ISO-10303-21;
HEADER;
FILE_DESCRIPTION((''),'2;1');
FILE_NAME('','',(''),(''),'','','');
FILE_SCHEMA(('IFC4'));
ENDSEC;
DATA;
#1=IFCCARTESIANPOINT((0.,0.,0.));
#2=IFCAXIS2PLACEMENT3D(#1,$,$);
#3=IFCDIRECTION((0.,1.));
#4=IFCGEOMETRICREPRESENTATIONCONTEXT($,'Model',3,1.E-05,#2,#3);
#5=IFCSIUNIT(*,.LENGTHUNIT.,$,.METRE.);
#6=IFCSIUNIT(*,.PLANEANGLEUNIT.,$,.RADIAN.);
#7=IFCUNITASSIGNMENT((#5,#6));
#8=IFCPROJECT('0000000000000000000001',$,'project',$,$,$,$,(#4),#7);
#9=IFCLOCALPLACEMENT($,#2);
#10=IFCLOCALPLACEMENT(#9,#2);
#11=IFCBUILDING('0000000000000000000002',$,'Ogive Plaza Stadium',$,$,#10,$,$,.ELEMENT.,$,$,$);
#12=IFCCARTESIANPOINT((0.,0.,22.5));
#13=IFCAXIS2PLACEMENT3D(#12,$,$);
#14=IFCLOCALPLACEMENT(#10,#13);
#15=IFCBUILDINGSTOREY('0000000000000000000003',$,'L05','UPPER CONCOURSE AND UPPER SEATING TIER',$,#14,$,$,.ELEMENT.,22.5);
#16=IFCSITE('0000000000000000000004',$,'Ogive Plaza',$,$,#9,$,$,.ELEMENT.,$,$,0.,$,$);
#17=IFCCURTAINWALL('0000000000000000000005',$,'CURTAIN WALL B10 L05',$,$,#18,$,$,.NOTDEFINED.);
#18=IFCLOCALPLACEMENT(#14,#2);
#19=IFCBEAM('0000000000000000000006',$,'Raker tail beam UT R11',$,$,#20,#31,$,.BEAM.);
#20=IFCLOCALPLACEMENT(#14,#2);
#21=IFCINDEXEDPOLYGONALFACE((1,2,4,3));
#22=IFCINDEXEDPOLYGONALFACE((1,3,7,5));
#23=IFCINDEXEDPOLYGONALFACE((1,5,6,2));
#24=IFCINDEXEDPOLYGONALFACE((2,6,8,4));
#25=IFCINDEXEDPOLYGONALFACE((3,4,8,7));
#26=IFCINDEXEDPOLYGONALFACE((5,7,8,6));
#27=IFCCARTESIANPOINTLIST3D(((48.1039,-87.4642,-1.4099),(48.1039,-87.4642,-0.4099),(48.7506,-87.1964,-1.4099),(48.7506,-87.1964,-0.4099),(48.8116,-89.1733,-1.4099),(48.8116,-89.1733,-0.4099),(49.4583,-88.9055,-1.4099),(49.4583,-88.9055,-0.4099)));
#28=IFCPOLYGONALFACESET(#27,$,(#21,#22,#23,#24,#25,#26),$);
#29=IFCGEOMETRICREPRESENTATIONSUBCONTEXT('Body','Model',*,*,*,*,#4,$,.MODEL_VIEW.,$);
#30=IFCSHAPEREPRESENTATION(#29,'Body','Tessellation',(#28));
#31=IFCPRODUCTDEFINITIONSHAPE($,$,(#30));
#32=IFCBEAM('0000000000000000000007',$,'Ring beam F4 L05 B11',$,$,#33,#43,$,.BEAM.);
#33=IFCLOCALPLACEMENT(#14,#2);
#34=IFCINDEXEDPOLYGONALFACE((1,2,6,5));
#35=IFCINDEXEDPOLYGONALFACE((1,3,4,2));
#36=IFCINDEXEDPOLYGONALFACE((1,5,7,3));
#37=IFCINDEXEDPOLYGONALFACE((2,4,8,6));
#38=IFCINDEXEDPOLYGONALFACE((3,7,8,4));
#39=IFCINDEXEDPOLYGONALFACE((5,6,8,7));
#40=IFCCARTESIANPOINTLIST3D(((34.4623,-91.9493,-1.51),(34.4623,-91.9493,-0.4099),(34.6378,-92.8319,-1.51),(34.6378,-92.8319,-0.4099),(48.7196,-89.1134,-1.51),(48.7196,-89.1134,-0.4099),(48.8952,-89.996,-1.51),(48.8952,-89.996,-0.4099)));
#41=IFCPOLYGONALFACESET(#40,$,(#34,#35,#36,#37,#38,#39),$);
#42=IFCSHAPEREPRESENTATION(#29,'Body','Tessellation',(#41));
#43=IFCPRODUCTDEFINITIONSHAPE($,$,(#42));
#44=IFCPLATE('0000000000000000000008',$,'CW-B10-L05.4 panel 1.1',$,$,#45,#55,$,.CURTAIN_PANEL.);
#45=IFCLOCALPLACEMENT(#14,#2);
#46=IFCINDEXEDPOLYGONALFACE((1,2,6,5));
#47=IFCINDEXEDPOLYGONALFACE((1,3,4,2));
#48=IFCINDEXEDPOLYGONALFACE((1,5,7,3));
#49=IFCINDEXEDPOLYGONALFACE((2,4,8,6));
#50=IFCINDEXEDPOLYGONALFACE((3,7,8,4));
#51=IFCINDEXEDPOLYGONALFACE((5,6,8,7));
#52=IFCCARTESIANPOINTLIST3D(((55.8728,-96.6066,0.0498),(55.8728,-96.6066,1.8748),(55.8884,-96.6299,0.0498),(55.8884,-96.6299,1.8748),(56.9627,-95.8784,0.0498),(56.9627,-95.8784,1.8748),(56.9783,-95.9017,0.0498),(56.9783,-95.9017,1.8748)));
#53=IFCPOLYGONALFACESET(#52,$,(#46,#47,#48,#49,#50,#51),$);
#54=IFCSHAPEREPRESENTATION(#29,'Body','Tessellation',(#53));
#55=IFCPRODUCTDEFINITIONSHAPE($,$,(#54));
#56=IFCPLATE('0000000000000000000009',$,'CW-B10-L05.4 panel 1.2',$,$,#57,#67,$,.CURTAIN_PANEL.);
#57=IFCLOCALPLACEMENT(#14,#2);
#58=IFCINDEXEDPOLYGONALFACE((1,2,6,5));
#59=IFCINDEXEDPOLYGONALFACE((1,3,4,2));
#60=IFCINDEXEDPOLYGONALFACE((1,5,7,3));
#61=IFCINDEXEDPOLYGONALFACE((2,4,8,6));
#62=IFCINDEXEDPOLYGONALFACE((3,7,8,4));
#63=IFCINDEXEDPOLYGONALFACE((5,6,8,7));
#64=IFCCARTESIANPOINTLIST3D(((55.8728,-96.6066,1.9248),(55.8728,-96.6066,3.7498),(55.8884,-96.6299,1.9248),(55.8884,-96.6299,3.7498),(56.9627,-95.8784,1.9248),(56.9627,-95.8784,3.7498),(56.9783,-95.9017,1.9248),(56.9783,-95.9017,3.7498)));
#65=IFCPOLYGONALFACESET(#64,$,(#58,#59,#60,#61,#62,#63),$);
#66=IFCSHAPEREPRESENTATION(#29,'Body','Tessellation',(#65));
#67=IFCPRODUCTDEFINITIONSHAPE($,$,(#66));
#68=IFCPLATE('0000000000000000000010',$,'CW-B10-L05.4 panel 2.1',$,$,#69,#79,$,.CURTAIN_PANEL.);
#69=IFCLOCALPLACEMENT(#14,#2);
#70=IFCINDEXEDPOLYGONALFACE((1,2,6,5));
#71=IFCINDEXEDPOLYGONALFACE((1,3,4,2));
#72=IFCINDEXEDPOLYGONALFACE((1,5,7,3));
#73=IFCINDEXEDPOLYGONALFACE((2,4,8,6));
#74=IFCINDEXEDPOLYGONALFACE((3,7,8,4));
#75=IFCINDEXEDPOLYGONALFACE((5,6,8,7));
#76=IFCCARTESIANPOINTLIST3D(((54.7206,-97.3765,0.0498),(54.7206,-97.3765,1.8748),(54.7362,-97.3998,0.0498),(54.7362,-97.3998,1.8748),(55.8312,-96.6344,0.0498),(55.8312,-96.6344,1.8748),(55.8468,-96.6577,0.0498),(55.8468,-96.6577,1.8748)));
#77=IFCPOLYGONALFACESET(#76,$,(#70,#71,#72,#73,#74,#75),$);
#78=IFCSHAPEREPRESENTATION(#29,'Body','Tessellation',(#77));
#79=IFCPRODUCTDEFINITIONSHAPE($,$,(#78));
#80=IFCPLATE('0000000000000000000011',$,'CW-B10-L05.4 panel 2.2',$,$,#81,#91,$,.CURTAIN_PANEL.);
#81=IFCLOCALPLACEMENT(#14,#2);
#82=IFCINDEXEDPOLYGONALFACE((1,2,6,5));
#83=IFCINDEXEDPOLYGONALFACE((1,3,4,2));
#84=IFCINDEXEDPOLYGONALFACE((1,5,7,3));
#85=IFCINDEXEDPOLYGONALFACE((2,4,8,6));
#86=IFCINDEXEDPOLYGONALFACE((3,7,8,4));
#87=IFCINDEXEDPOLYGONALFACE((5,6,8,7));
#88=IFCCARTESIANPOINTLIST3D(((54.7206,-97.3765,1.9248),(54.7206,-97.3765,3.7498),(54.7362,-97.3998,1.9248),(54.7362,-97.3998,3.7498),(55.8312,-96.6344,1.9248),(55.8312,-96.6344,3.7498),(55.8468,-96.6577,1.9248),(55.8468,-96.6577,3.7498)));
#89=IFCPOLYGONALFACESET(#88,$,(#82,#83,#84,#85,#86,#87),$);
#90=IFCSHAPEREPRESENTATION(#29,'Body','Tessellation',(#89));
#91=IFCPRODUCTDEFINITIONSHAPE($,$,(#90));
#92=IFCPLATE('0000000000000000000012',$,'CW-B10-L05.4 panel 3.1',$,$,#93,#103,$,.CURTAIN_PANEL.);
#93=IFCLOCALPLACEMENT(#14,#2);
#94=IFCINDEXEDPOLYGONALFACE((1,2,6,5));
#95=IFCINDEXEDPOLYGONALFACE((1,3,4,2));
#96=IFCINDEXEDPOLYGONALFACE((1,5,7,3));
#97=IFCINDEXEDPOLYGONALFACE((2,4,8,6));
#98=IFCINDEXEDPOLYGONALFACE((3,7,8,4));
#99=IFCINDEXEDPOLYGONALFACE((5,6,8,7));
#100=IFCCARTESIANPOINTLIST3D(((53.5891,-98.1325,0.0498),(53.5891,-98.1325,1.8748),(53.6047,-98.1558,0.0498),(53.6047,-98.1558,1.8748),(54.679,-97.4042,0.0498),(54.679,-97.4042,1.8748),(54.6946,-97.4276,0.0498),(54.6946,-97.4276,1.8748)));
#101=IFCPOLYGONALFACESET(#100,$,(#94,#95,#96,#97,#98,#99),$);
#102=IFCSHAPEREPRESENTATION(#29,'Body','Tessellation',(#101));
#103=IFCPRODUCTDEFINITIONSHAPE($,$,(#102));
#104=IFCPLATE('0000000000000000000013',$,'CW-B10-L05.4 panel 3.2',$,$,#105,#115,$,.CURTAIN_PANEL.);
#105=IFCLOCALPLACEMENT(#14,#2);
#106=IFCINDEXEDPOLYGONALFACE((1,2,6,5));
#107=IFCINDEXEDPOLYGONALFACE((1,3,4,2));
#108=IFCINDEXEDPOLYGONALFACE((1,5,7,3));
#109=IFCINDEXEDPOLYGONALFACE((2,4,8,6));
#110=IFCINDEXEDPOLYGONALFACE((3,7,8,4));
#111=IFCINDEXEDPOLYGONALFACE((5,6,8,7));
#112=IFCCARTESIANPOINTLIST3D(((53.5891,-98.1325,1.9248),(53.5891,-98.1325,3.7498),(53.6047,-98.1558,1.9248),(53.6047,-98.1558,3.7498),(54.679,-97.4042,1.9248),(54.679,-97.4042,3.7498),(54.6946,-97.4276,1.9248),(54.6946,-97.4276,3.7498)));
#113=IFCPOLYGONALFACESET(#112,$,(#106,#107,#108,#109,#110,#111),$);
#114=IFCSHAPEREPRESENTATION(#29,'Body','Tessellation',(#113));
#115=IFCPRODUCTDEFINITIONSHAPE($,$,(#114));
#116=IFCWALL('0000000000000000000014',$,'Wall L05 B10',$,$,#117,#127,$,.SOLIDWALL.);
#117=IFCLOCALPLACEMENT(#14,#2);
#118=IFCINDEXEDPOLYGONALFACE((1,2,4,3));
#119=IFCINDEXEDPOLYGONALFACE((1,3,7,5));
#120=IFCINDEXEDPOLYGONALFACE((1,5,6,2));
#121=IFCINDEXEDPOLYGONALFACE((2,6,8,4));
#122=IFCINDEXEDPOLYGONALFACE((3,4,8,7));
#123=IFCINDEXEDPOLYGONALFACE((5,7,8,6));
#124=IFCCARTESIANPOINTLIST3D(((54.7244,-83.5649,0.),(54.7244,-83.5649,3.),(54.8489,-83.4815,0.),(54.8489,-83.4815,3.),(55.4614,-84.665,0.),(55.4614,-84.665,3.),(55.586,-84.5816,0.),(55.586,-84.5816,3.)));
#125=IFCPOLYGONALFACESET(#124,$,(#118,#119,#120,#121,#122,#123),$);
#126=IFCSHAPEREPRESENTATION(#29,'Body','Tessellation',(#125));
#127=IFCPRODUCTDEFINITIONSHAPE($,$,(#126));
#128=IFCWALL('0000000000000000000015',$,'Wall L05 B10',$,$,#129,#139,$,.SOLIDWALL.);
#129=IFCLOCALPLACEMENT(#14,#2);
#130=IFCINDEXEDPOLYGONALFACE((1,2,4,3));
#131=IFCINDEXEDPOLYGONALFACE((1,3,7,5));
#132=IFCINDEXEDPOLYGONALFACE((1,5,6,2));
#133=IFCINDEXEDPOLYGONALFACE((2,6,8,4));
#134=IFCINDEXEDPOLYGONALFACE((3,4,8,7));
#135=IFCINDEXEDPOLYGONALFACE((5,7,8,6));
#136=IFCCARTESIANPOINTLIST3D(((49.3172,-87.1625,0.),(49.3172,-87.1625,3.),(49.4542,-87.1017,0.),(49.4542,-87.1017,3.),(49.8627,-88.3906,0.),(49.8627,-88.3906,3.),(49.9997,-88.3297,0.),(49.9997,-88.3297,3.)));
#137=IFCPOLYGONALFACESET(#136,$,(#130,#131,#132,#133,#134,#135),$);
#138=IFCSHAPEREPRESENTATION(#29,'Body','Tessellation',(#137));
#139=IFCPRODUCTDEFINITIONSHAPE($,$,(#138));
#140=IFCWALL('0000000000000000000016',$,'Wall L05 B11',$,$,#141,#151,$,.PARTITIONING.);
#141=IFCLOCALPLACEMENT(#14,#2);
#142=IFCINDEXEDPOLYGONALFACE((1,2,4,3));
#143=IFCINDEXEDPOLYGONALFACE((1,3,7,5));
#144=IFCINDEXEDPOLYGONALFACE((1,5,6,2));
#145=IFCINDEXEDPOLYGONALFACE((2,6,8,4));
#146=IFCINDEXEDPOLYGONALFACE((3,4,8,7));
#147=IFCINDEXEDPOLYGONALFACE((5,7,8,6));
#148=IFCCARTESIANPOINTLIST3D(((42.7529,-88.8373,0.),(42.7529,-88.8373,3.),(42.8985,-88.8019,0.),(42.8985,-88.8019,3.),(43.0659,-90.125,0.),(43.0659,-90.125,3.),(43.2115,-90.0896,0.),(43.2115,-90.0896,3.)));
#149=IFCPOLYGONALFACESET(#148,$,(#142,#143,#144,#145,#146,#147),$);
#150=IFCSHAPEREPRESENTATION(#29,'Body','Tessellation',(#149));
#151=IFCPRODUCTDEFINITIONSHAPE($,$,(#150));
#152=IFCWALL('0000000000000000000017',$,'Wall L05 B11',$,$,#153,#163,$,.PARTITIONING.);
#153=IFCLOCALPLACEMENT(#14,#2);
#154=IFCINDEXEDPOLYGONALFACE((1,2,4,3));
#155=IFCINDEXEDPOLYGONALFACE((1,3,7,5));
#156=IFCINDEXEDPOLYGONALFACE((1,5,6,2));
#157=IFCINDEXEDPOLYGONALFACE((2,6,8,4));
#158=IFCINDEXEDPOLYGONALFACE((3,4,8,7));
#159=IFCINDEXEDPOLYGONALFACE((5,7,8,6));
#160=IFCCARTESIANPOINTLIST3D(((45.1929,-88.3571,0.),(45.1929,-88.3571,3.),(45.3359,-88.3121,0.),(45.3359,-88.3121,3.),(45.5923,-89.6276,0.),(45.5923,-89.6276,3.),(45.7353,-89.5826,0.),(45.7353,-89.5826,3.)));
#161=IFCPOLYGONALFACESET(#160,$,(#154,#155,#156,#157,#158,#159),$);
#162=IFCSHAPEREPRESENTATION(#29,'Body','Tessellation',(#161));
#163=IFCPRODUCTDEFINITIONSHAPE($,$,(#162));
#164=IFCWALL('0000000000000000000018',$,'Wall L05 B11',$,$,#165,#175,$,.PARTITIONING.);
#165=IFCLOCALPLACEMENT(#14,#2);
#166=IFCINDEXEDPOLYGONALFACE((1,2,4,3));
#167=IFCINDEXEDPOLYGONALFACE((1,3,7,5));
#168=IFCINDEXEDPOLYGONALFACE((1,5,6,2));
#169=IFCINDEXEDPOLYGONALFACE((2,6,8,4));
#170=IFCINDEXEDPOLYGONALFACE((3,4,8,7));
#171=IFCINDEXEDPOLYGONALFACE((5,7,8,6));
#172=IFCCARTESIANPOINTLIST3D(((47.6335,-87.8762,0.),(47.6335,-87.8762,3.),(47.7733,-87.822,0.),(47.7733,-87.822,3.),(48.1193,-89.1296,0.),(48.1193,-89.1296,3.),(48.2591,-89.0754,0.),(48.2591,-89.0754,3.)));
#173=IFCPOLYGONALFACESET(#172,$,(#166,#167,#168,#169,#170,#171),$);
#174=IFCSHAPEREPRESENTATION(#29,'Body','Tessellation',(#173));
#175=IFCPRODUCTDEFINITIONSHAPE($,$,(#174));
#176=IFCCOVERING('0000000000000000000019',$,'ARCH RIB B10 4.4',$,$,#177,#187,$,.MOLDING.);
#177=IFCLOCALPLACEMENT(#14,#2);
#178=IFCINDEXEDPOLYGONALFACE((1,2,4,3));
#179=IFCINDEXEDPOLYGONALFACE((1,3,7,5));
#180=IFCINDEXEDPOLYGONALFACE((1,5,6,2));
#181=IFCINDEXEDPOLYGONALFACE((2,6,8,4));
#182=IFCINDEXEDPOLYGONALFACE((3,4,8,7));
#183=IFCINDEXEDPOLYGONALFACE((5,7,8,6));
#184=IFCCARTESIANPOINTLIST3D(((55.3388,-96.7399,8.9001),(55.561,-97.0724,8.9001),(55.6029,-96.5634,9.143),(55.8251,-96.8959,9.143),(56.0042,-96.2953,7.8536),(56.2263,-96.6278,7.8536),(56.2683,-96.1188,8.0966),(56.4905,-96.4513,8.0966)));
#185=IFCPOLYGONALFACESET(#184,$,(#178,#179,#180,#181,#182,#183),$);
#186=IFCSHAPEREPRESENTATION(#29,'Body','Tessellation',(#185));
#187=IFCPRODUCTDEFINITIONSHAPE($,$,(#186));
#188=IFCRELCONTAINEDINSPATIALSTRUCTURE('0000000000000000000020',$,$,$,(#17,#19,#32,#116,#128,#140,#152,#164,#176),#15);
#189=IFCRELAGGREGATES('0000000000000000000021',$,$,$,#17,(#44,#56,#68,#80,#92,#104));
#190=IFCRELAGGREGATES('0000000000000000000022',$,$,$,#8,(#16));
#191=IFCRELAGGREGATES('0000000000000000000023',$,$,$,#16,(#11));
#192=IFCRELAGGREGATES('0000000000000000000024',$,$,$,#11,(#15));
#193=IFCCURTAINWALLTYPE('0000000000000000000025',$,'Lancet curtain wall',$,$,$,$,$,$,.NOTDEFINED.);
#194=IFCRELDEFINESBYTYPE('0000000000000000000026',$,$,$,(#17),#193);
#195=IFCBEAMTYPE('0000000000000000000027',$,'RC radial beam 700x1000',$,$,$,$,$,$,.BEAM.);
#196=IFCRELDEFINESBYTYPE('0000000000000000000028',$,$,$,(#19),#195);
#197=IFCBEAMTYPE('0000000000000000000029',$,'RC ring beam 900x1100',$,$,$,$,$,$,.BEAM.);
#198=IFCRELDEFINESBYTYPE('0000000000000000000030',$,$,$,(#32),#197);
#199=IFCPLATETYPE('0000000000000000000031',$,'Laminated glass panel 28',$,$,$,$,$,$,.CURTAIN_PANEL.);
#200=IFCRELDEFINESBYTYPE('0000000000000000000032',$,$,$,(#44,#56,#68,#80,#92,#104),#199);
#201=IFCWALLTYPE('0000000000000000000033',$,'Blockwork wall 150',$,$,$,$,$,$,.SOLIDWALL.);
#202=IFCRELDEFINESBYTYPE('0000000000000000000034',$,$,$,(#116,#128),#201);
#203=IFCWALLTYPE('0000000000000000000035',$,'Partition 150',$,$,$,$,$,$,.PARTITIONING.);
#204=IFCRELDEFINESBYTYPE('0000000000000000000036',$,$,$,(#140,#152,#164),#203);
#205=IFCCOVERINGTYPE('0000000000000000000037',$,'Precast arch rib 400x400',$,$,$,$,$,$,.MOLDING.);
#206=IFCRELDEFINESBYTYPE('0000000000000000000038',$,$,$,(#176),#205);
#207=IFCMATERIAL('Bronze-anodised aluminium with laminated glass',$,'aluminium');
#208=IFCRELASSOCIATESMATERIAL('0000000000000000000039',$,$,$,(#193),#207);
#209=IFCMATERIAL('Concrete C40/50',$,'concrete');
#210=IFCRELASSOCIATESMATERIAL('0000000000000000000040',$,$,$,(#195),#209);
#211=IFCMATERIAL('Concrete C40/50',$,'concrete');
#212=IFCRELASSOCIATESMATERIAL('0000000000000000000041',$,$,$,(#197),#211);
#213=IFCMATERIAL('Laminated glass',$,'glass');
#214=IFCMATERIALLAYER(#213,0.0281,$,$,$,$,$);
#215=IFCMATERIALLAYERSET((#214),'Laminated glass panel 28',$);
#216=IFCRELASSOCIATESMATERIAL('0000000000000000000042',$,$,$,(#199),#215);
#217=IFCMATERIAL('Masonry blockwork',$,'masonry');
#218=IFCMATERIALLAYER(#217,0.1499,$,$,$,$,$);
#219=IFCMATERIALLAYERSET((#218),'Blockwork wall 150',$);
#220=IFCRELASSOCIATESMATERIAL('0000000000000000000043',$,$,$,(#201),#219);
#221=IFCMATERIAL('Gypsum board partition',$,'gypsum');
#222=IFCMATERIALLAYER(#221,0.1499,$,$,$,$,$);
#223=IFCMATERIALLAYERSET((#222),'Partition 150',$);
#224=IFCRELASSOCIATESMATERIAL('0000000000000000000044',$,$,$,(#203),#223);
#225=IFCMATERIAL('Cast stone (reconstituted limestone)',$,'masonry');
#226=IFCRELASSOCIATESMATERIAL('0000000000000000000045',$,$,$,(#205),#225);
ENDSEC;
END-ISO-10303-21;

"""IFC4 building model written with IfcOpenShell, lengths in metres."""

from ifc_helpers import new_model, si_unit, direction, frame, frame_2d, origin, origin_2d, place, context, subcontext, project, spatial, rectangle, extrude, material, layer, layer_set, material_profile, profile_set, type_object, element, aggregate, save


model = new_model("IFC4")

# Units and contexts
model_context = context("Model", 3, precision=1e-05, world=origin(), true_north=direction((0.0, 1.0)))
body_context = subcontext(model_context, "Body", "Model", "MODEL_VIEW")
ifc_project = project(units=[si_unit("LENGTHUNIT", "METRE"), si_unit("PLANEANGLEUNIT", "RADIAN")], contexts=[model_context])

# Site, building, storey
site_placement = place(None, origin())
site = spatial("IfcSite", under=ifc_project, at=site_placement, Name="Ogive Plaza", CompositionType="ELEMENT", RefElevation=0.0)
building_placement = place(site_placement, origin())
building = spatial("IfcBuilding", under=site, at=building_placement, Name="Ogive Plaza Stadium", CompositionType="ELEMENT")
storey_placement = place(building_placement, frame((0.0, 0.0, 22.5)))
storey = spatial("IfcBuildingStorey", under=building, at=storey_placement, Name="L05", Description="UPPER CONCOURSE AND UPPER SEATING TIER", CompositionType="ELEMENT", Elevation=22.5)

# Curtain wall
ifc_material_1 = material(Name="Bronze-anodised aluminium with laminated glass", Category="aluminium")
curtain_wall_type = type_object("IfcCurtainWallType", Name="Lancet curtain wall", PredefinedType="NOTDEFINED", material=ifc_material_1)
curtain_wall_1_placement = place(storey_placement, origin())
curtain_wall_1 = element("IfcCurtainWall", 1, at=curtain_wall_1_placement, inside=storey, type_object=curtain_wall_type, Name="CURTAIN WALL B10 L05", PredefinedType="NOTDEFINED")

# Beams
ifc_material_2 = material(Name="Concrete C40/50", Category="concrete")
ifc_material_profile_1 = material_profile(ifc_material_2, rectangle(XDim=0.7, YDim=1.0, at=origin_2d()), Name="RC 700x1000")
ifc_profile_set_1 = profile_set([ifc_material_profile_1], Name="Concrete C40/50")
beam_type_1 = type_object("IfcBeamType", Name="RC radial beam 700x1000", PredefinedType="BEAM", material=ifc_profile_set_1)
beam_1_placement = place(storey_placement, frame((48.4272, -87.3303, -0.9099), z_axis=(0.382581, -0.923922, 0.0), x_axis=(0.923922, 0.382581, 0.0)))
element("IfcBeam", 2, at=beam_1_placement, inside=storey, type_object=beam_type_1, Name="Raker tail beam UT R11", PredefinedType="BEAM", context=body_context, shape_type="SweptSolid", body=[
    extrude(rectangle(XDim=0.7, YDim=1.0, at=origin_2d()), origin(), (0.0, 0.0, 1.0), 1.8499),
])
ifc_material_3 = material(Name="Concrete C40/50", Category="concrete")
ifc_material_profile_2 = material_profile(ifc_material_3, rectangle(XDim=0.8999, YDim=1.1001, at=origin_2d()), Name="RC 900x1100")
ifc_profile_set_2 = profile_set([ifc_material_profile_2], Name="Concrete C40/50")
beam_type_2 = type_object("IfcBeamType", Name="RC ring beam 900x1100", PredefinedType="BEAM", material=ifc_profile_set_2)
beam_2_placement = place(storey_placement, frame((48.8074, -89.5547, -0.96), z_axis=(-0.980786, -0.195089, 0.0), x_axis=(0.195089, -0.980786, 0.0)))
element("IfcBeam", 3, at=beam_2_placement, inside=storey, type_object=beam_type_2, Name="Ring beam F4 L05 B11", PredefinedType="BEAM", context=body_context, shape_type="SweptSolid", body=[
    extrude(rectangle(XDim=0.8999, YDim=1.1001, at=origin_2d()), origin(), (0.0, 0.0, 1.0), 14.5366),
])

# Plates
ifc_material_4 = material(Name="Laminated glass", Category="glass")
ifc_layer_1 = layer(ifc_material_4, 0.0281)
ifc_layer_set_1 = layer_set([ifc_layer_1], Name="Laminated glass panel 28")
plate_type = type_object("IfcPlateType", Name="Laminated glass panel 28", PredefinedType="CURTAIN_PANEL", material=ifc_layer_set_1)
plate_1_placement = place(storey_placement, frame((56.4255, -96.2542, 0.0498), z_axis=(0.0, 0.0, 1.0), x_axis=(-0.83147, -0.55557, 0.0)))
plate_1 = element("IfcPlate", 4, at=plate_1_placement, type_object=plate_type, Name="CW-B10-L05.4 panel 1.1", PredefinedType="CURTAIN_PANEL", context=body_context, shape_type="SweptSolid", body=[
    extrude(rectangle(XDim=1.3108, YDim=0.0281, at=origin_2d()), origin(), (0.0, 0.0, 1.0), 1.825),
])
plate_2_placement = place(storey_placement, frame((56.4255, -96.2542, 1.9248), z_axis=(0.0, 0.0, 1.0), x_axis=(-0.83147, -0.55557, 0.0)))
plate_2 = element("IfcPlate", 5, at=plate_2_placement, type_object=plate_type, Name="CW-B10-L05.4 panel 1.2", PredefinedType="CURTAIN_PANEL", context=body_context, shape_type="SweptSolid", body=[
    extrude(rectangle(XDim=1.3108, YDim=0.0281, at=origin_2d()), origin(), (0.0, 0.0, 1.0), 1.825),
])
plate_3_placement = place(storey_placement, frame((55.2837, -97.0171, 0.0498), z_axis=(0.0, 0.0, 1.0), x_axis=(-0.83147, -0.55557, 0.0)))
plate_3 = element("IfcPlate", 6, at=plate_3_placement, type_object=plate_type, Name="CW-B10-L05.4 panel 2.1", PredefinedType="CURTAIN_PANEL", context=body_context, shape_type="SweptSolid", body=[
    extrude(rectangle(XDim=1.3357, YDim=0.0281, at=origin_2d()), origin(), (0.0, 0.0, 1.0), 1.825),
])
plate_4_placement = place(storey_placement, frame((55.2837, -97.0171, 1.9248), z_axis=(0.0, 0.0, 1.0), x_axis=(-0.83147, -0.55557, 0.0)))
plate_4 = element("IfcPlate", 7, at=plate_4_placement, type_object=plate_type, Name="CW-B10-L05.4 panel 2.2", PredefinedType="CURTAIN_PANEL", context=body_context, shape_type="SweptSolid", body=[
    extrude(rectangle(XDim=1.3357, YDim=0.0281, at=origin_2d()), origin(), (0.0, 0.0, 1.0), 1.825),
])
plate_5_placement = place(storey_placement, frame((54.1418, -97.78, 0.0498), z_axis=(0.0, 0.0, 1.0), x_axis=(-0.83147, -0.55557, 0.0)))
plate_5 = element("IfcPlate", 8, at=plate_5_placement, type_object=plate_type, Name="CW-B10-L05.4 panel 3.1", PredefinedType="CURTAIN_PANEL", context=body_context, shape_type="SweptSolid", body=[
    extrude(rectangle(XDim=1.3108, YDim=0.0281, at=origin_2d()), origin(), (0.0, 0.0, 1.0), 1.825),
])
plate_6_placement = place(storey_placement, frame((54.1418, -97.78, 1.9248), z_axis=(0.0, 0.0, 1.0), x_axis=(-0.83147, -0.55557, 0.0)))
plate_6 = element("IfcPlate", 9, at=plate_6_placement, type_object=plate_type, Name="CW-B10-L05.4 panel 3.2", PredefinedType="CURTAIN_PANEL", context=body_context, shape_type="SweptSolid", body=[
    extrude(rectangle(XDim=1.3108, YDim=0.0281, at=origin_2d()), origin(), (0.0, 0.0, 1.0), 1.825),
])
aggregate(curtain_wall_1, [plate_1, plate_2, plate_3, plate_4, plate_5, plate_6])

# Walls
ifc_material_5 = material(Name="Masonry blockwork", Category="masonry")
ifc_layer_2 = layer(ifc_material_5, 0.1499)
ifc_layer_set_2 = layer_set([ifc_layer_2], Name="Blockwork wall 150")
wall_type_1 = type_object("IfcWallType", Name="Blockwork wall 150", PredefinedType="SOLIDWALL", material=ifc_layer_set_2)
wall_1_placement = place(storey_placement, frame((54.7866, -83.5232, 0.0), z_axis=(0.0, 0.0, 1.0), x_axis=(0.556613, -0.830772, 0.0)))
element("IfcWall", 10, at=wall_1_placement, inside=storey, type_object=wall_type_1, Name="Wall L05 B10", PredefinedType="SOLIDWALL", context=body_context, shape_type="SweptSolid", body=[
    extrude(rectangle(XDim=1.3242, YDim=0.1499, at=frame_2d((0.6621, 0.0))), origin(), (0.0, 0.0, 1.0), 3.0),
])
wall_2_placement = place(storey_placement, frame((49.3857, -87.1321, 0.0), z_axis=(0.0, 0.0, 1.0), x_axis=(0.405902, -0.913916, 0.0)))
element("IfcWall", 11, at=wall_2_placement, inside=storey, type_object=wall_type_1, Name="Wall L05 B10", PredefinedType="SOLIDWALL", context=body_context, shape_type="SweptSolid", body=[
    extrude(rectangle(XDim=1.3438, YDim=0.1499, at=frame_2d((0.6719, 0.0))), origin(), (0.0, 0.0, 1.0), 3.0),
])
ifc_material_6 = material(Name="Gypsum board partition", Category="gypsum")
ifc_layer_3 = layer(ifc_material_6, 0.1499)
ifc_layer_set_3 = layer_set([ifc_layer_3], Name="Partition 150")
wall_type_2 = type_object("IfcWallType", Name="Partition 150", PredefinedType="PARTITIONING", material=ifc_layer_set_3)
wall_3_placement = place(storey_placement, frame((42.8257, -88.8196, 0.0), z_axis=(0.0, 0.0, 1.0), x_axis=(0.236201, -0.971704, 0.0)))
element("IfcWall", 12, at=wall_3_placement, inside=storey, type_object=wall_type_2, Name="Wall L05 B11", PredefinedType="PARTITIONING", context=body_context, shape_type="SweptSolid", body=[
    extrude(rectangle(XDim=1.3252, YDim=0.1499, at=frame_2d((0.6626, 0.0))), origin(), (0.0, 0.0, 1.0), 3.0),
])
wall_4_placement = place(storey_placement, frame((45.2644, -88.3345, 0.0), z_axis=(0.0, 0.0, 1.0), x_axis=(0.299903, -0.95397, 0.0)))
element("IfcWall", 13, at=wall_4_placement, inside=storey, type_object=wall_type_2, Name="Wall L05 B11", PredefinedType="PARTITIONING", context=body_context, shape_type="SweptSolid", body=[
    extrude(rectangle(XDim=1.3318, YDim=0.1499, at=frame_2d((0.666, 0.0))), origin(), (0.0, 0.0, 1.0), 3.0),
])
wall_5_placement = place(storey_placement, frame((47.7034, -87.8491, 0.0), z_axis=(0.0, 0.0, 1.0), x_axis=(0.361412, -0.932406, 0.0)))
element("IfcWall", 14, at=wall_5_placement, inside=storey, type_object=wall_type_2, Name="Wall L05 B11", PredefinedType="PARTITIONING", context=body_context, shape_type="SweptSolid", body=[
    extrude(rectangle(XDim=1.3442, YDim=0.1499, at=frame_2d((0.6721, 0.0))), origin(), (0.0, 0.0, 1.0), 3.0),
])

# Covering
ifc_material_7 = material(Name="Cast stone (reconstituted limestone)", Category="masonry")
ifc_material_profile_3 = material_profile(ifc_material_7, rectangle(XDim=0.3999, YDim=0.3999, at=origin_2d()), Name="Cast stone 400x400")
ifc_profile_set_3 = profile_set([ifc_material_profile_3], Name="Cast stone (reconstituted limestone)")
covering_type_1 = type_object("IfcCoveringType", Name="Precast arch rib 400x400", PredefinedType="MOLDING", material=ifc_profile_set_3)
covering_1_placement = place(storey_placement, frame((56.2473, -96.3733, 7.9751), z_axis=(-0.50505, -0.337503, 0.794365), x_axis=(0.555615, -0.83144, 0.0)))
element("IfcCovering", 15, at=covering_1_placement, inside=storey, type_object=covering_type_1, Name="ARCH RIB B10 4.4", PredefinedType="MOLDING", context=body_context, shape_type="SweptSolid", body=[
    extrude(rectangle(XDim=0.3999, YDim=0.3999, at=origin_2d()), origin(), (0.0, 0.0, 1.0), 1.3174),
])

save(model, "model.ifc")
